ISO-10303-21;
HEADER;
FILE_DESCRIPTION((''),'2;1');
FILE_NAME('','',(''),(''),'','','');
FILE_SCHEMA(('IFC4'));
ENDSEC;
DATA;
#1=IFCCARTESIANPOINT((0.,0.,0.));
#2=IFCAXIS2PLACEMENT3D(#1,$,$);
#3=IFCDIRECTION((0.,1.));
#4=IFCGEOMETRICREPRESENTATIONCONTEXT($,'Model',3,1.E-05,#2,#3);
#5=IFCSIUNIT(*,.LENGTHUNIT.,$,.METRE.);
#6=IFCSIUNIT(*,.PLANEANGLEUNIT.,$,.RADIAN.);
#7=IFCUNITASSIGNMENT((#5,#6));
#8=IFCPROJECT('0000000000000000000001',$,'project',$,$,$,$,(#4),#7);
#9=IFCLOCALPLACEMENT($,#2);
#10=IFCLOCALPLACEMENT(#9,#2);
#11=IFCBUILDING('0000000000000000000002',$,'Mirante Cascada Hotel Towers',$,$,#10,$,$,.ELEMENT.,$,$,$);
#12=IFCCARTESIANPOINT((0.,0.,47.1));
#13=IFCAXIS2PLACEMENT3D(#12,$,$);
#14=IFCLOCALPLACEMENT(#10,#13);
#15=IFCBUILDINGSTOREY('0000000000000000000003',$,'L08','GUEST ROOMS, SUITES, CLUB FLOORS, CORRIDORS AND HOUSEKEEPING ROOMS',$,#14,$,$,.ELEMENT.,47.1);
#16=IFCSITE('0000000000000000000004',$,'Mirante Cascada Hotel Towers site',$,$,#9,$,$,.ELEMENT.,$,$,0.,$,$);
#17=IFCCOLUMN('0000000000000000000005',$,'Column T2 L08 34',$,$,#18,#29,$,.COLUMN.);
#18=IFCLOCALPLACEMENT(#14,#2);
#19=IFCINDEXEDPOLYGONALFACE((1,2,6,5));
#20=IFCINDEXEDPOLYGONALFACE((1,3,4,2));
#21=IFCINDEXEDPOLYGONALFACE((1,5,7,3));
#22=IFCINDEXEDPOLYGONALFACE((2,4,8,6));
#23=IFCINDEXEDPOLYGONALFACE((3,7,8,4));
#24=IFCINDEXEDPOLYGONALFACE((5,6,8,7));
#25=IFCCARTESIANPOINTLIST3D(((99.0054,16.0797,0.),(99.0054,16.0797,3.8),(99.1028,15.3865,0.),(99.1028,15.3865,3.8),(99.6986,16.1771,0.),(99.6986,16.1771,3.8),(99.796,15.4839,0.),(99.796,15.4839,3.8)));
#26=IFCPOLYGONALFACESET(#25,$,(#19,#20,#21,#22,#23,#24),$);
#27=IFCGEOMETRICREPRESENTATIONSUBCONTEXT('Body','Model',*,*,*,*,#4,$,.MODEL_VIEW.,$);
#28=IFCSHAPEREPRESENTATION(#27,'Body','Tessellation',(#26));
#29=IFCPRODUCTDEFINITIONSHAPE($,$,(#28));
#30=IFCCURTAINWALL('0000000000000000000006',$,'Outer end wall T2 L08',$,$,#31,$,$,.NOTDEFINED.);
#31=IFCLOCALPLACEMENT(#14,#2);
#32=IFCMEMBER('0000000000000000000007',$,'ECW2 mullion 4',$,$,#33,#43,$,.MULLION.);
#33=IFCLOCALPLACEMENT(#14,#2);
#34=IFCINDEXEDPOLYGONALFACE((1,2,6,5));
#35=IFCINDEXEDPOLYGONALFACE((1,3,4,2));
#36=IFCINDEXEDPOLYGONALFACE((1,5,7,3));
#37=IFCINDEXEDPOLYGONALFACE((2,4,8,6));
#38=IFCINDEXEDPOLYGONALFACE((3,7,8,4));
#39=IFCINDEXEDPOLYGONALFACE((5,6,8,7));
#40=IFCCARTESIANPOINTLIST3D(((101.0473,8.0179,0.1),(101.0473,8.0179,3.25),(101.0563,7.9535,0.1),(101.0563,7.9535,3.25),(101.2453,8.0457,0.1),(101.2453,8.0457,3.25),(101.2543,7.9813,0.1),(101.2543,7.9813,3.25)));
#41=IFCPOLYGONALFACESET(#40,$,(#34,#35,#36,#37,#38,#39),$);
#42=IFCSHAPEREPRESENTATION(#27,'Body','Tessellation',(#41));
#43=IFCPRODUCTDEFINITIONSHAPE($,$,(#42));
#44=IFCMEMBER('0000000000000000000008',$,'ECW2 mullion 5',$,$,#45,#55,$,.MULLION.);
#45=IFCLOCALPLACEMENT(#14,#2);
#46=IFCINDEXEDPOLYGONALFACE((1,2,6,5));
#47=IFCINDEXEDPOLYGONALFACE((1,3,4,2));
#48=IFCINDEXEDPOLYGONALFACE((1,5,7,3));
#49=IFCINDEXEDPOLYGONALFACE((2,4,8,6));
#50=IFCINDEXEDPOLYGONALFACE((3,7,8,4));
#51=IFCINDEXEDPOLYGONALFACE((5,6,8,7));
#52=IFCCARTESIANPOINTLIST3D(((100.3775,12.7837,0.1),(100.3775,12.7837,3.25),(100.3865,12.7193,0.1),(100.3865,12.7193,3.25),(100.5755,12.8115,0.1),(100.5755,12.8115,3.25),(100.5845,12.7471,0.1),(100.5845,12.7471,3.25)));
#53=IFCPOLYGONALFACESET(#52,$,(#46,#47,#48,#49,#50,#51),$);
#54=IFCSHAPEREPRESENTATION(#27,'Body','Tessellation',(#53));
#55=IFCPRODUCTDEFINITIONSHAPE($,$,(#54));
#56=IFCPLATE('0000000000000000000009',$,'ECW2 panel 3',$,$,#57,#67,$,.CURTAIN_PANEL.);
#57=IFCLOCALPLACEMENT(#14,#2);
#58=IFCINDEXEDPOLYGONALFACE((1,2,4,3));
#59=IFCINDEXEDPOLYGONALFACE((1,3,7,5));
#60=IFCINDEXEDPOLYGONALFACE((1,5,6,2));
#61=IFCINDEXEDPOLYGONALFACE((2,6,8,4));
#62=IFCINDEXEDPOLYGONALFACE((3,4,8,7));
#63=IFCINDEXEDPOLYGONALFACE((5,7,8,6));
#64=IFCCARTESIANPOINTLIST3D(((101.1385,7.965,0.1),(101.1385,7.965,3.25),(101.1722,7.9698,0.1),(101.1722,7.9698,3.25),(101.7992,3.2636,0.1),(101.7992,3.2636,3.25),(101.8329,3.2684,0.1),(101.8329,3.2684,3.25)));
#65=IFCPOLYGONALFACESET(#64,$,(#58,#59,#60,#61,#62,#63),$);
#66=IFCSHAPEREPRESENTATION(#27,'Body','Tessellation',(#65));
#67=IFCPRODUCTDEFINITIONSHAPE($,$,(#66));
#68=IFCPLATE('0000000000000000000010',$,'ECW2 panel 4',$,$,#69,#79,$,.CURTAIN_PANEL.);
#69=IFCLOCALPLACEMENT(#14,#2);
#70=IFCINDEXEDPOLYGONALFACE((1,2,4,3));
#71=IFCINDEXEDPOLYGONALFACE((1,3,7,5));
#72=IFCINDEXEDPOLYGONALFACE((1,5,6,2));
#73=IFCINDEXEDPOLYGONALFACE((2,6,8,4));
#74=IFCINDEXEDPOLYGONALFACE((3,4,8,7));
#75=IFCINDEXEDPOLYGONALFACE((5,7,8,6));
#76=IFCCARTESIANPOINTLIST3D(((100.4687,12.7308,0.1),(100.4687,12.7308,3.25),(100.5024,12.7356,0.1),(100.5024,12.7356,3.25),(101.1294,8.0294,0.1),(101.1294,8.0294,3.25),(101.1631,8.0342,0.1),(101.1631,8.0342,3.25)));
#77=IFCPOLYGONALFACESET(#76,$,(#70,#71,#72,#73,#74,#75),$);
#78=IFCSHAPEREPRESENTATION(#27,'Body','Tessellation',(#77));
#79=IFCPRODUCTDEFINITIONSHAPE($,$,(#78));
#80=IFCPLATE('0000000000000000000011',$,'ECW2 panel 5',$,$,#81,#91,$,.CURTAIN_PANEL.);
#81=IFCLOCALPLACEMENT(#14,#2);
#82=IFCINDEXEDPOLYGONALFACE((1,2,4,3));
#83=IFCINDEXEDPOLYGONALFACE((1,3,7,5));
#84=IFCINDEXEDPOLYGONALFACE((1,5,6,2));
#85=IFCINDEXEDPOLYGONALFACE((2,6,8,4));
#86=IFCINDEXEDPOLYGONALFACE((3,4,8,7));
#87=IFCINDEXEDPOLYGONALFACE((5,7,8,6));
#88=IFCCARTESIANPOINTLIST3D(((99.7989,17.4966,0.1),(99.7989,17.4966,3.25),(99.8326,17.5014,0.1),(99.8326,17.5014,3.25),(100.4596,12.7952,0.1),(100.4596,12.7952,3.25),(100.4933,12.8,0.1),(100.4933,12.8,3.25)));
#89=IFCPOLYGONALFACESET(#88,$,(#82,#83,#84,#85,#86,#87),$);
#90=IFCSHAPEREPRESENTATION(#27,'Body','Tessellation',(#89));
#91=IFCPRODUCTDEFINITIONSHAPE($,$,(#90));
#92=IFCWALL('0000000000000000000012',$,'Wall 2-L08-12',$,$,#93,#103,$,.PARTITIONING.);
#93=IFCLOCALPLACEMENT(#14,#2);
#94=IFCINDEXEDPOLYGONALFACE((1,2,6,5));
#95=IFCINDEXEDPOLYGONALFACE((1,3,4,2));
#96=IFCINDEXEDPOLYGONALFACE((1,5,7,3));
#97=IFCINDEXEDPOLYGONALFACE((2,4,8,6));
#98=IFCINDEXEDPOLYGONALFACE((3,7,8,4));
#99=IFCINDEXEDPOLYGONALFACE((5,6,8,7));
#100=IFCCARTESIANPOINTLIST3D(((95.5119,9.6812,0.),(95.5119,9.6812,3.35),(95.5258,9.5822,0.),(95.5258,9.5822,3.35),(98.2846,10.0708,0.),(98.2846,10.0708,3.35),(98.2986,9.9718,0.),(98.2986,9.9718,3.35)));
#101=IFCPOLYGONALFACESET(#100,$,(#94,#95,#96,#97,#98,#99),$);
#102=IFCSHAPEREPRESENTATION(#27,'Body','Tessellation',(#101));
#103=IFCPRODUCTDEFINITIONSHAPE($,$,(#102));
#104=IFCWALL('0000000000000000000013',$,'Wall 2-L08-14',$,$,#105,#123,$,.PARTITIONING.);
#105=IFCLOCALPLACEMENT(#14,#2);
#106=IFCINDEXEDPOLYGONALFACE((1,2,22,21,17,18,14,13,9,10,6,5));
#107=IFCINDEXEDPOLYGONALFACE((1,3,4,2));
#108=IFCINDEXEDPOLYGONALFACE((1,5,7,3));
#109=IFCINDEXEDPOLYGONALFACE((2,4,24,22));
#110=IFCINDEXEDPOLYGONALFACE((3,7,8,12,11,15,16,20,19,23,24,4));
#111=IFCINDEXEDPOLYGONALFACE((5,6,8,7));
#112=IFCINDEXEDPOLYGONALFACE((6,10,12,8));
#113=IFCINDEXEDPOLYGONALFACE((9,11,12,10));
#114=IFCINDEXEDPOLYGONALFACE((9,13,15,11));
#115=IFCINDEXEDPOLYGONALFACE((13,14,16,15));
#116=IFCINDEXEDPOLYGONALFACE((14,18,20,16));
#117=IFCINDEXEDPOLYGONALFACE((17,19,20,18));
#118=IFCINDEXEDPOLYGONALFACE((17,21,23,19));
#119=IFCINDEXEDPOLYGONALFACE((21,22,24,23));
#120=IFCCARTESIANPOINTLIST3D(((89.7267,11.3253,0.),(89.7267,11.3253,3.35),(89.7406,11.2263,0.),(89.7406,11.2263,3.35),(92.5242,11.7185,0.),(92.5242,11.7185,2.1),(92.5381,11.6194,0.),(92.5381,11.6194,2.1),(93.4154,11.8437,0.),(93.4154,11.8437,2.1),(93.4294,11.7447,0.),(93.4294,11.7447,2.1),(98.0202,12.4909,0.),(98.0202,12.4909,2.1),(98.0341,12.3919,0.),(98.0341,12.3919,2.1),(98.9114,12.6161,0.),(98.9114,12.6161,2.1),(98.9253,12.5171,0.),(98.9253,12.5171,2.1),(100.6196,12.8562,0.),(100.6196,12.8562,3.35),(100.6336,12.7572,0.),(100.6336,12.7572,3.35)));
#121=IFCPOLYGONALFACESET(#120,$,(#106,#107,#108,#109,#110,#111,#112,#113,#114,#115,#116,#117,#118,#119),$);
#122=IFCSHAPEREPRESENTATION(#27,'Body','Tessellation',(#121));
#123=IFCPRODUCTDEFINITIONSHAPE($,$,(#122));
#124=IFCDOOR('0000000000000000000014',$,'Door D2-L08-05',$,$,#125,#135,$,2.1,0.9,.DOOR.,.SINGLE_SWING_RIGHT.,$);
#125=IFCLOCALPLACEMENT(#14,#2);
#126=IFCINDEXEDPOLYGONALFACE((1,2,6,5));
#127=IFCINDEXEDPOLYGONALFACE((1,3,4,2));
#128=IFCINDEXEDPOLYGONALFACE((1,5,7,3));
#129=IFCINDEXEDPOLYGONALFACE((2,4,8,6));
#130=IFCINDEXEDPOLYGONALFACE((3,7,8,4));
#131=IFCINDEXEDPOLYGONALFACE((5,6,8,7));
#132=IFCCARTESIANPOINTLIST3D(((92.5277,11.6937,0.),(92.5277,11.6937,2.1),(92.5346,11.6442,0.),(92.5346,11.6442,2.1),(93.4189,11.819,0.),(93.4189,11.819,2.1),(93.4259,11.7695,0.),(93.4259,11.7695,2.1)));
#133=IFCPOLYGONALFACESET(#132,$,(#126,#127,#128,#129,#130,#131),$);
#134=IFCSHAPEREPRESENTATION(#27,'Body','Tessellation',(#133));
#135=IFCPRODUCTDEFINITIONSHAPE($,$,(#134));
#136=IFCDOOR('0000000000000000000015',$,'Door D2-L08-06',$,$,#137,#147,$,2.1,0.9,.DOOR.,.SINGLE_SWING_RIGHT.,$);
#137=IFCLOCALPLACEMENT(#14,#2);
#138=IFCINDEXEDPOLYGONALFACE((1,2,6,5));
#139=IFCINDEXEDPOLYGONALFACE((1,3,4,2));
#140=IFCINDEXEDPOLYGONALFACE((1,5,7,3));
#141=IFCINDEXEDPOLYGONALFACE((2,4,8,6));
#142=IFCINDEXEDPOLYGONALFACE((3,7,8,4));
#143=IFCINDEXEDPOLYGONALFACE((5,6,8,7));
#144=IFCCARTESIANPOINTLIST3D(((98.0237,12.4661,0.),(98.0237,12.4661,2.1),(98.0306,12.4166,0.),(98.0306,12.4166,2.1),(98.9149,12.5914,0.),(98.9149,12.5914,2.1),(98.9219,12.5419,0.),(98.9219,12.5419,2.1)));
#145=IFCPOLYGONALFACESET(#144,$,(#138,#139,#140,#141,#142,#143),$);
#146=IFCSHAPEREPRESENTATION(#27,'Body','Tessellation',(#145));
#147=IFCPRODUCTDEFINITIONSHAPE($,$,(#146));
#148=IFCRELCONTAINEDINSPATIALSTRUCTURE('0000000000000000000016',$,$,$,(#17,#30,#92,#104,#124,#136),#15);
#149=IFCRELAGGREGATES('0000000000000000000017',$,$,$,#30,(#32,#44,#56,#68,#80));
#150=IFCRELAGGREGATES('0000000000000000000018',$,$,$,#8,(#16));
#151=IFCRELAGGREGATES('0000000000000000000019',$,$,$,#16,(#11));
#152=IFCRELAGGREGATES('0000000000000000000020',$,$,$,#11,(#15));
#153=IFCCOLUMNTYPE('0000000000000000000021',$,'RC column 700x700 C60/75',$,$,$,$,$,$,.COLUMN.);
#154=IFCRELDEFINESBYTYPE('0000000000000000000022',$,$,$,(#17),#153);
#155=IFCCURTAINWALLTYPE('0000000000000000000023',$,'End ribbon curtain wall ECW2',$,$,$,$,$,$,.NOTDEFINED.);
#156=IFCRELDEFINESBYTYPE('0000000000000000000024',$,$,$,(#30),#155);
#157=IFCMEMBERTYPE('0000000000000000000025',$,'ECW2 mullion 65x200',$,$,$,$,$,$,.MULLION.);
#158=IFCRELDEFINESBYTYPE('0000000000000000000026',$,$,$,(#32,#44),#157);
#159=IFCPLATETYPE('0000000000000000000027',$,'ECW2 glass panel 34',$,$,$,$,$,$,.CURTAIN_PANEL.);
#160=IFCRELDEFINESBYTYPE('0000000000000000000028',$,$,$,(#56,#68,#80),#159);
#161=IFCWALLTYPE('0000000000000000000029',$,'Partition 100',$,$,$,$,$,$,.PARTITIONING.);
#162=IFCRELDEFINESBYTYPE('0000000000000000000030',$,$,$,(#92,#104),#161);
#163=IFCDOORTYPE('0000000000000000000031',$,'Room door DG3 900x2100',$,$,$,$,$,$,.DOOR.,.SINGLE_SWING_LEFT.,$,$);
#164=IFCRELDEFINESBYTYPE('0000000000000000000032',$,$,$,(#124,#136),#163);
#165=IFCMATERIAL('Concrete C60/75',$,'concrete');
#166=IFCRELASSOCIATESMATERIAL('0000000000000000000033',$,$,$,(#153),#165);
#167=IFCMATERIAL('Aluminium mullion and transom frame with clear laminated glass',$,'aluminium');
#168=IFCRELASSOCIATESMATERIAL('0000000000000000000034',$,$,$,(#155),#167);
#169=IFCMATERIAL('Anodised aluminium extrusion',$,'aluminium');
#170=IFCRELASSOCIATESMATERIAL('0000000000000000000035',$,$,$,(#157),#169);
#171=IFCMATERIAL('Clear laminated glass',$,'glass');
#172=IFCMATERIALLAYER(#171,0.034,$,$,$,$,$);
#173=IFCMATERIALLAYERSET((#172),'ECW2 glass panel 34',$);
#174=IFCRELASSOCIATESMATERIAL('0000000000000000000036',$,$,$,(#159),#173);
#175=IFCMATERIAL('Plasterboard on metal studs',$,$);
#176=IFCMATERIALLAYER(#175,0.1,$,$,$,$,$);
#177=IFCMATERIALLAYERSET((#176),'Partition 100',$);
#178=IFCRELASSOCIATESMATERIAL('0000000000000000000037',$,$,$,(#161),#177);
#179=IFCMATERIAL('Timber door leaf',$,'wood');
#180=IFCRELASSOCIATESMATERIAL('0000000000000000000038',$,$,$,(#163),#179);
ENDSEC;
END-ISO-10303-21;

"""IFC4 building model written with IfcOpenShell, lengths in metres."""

from ifc_helpers import new_model, si_unit, direction, frame, frame_2d, origin, origin_2d, place, context, subcontext, project, spatial, rectangle, extrude, material, layer, layer_set, material_profile, profile_set, type_object, element, fill, aggregate, save


model = new_model("IFC4")

# Units and contexts
model_context = context("Model", 3, precision=1e-05, world=origin(), true_north=direction((0.0, 1.0)))
body_context = subcontext(model_context, "Body", "Model", "MODEL_VIEW")
ifc_project = project(units=[si_unit("LENGTHUNIT", "METRE"), si_unit("PLANEANGLEUNIT", "RADIAN")], contexts=[model_context])

# Site, building, storey
site_placement = place(None, origin())
site = spatial("IfcSite", under=ifc_project, at=site_placement, Name="Mirante Cascada Hotel Towers site", CompositionType="ELEMENT", RefElevation=0.0)
building_placement = place(site_placement, origin())
building = spatial("IfcBuilding", under=site, at=building_placement, Name="Mirante Cascada Hotel Towers", CompositionType="ELEMENT")
storey_placement = place(building_placement, frame((0.0, 0.0, 47.1)))
storey = spatial("IfcBuildingStorey", under=building, at=storey_placement, Name="L08", Description="GUEST ROOMS, SUITES, CLUB FLOORS, CORRIDORS AND HOUSEKEEPING ROOMS", CompositionType="ELEMENT", Elevation=47.1)

# Column
ifc_material_1 = material(Name="Concrete C60/75", Category="concrete")
ifc_material_profile_1 = material_profile(ifc_material_1, rectangle(XDim=0.7, YDim=0.7, at=origin_2d()), Name="RC column 700x700 C60/75")
ifc_profile_set_1 = profile_set([ifc_material_profile_1], Name="Concrete C60/75")
column_type = type_object("IfcColumnType", Name="RC column 700x700 C60/75", PredefinedType="COLUMN", material=ifc_profile_set_1)
column_placement = place(storey_placement, frame((99.4007, 15.7818, 0.0), z_axis=(0.0, 0.0, 1.0), x_axis=(0.990268, 0.139173, 0.0)))
element("IfcColumn", 1, at=column_placement, inside=storey, type_object=column_type, Name="Column T2 L08 34", PredefinedType="COLUMN", context=body_context, shape_type="SweptSolid", body=[
    extrude(rectangle(XDim=0.7, YDim=0.7, at=origin_2d()), origin(), (0.0, 0.0, 1.0), 3.8),
])

# Curtain wall, members, plates
ifc_material_2 = material(Name="Aluminium mullion and transom frame with clear laminated glass", Category="aluminium")
curtain_wall_type = type_object("IfcCurtainWallType", Name="End ribbon curtain wall ECW2", PredefinedType="NOTDEFINED", material=ifc_material_2)
curtain_wall_placement = place(storey_placement, origin())
curtain_wall = element("IfcCurtainWall", 2, at=curtain_wall_placement, inside=storey, type_object=curtain_wall_type, Name="Outer end wall T2 L08", PredefinedType="NOTDEFINED")
ifc_material_3 = material(Name="Anodised aluminium extrusion", Category="aluminium")
ifc_material_profile_2 = material_profile(ifc_material_3, rectangle(XDim=0.2, YDim=0.065, at=origin_2d()), Name="ECW2 MULLION 65x200")
ifc_profile_set_2 = profile_set([ifc_material_profile_2], Name="Anodised aluminium extrusion")
member_type = type_object("IfcMemberType", Name="ECW2 mullion 65x200", PredefinedType="MULLION", material=ifc_profile_set_2)
member_1_placement = place(storey_placement, frame((101.1508, 7.9996, 0.1), z_axis=(0.0, 0.0, 1.0), x_axis=(-0.990268, -0.139173, 0.0)))
member_1 = element("IfcMember", 3, at=member_1_placement, type_object=member_type, Name="ECW2 mullion 4", PredefinedType="MULLION", context=body_context, shape_type="SweptSolid", body=[
    extrude(rectangle(XDim=0.2, YDim=0.065, at=origin_2d()), origin(), (0.0, 0.0, 1.0), 3.15),
])
member_2_placement = place(storey_placement, frame((100.481, 12.7654, 0.1), z_axis=(0.0, 0.0, 1.0), x_axis=(-0.990268, -0.139173, 0.0)))
member_2 = element("IfcMember", 4, at=member_2_placement, type_object=member_type, Name="ECW2 mullion 5", PredefinedType="MULLION", context=body_context, shape_type="SweptSolid", body=[
    extrude(rectangle(XDim=0.2, YDim=0.065, at=origin_2d()), origin(), (0.0, 0.0, 1.0), 3.15),
])
ifc_material_4 = material(Name="Clear laminated glass", Category="glass")
ifc_layer_1 = layer(ifc_material_4, 0.034)
ifc_layer_set_1 = layer_set([ifc_layer_1], Name="ECW2 glass panel 34")
plate_type = type_object("IfcPlateType", Name="ECW2 glass panel 34", PredefinedType="CURTAIN_PANEL", material=ifc_layer_set_1)
plate_1_placement = place(storey_placement, frame((101.4857, 5.6167, 0.1), z_axis=(0.0, 0.0, 1.0), x_axis=(-0.139173, 0.990268, 0.0)))
plate_1 = element("IfcPlate", 5, at=plate_1_placement, type_object=plate_type, Name="ECW2 panel 3", PredefinedType="CURTAIN_PANEL", context=body_context, shape_type="SweptSolid", body=[
    extrude(rectangle(XDim=4.7476, YDim=0.034, at=origin_2d()), origin(), (0.0, 0.0, 1.0), 3.15),
])
plate_2_placement = place(storey_placement, frame((100.8159, 10.3825, 0.1), z_axis=(0.0, 0.0, 1.0), x_axis=(-0.139173, 0.990268, 0.0)))
plate_2 = element("IfcPlate", 6, at=plate_2_placement, type_object=plate_type, Name="ECW2 panel 4", PredefinedType="CURTAIN_PANEL", context=body_context, shape_type="SweptSolid", body=[
    extrude(rectangle(XDim=4.7476, YDim=0.034, at=origin_2d()), origin(), (0.0, 0.0, 1.0), 3.15),
])
plate_3_placement = place(storey_placement, frame((100.1461, 15.1483, 0.1), z_axis=(0.0, 0.0, 1.0), x_axis=(-0.139173, 0.990268, 0.0)))
plate_3 = element("IfcPlate", 7, at=plate_3_placement, type_object=plate_type, Name="ECW2 panel 5", PredefinedType="CURTAIN_PANEL", context=body_context, shape_type="SweptSolid", body=[
    extrude(rectangle(XDim=4.7476, YDim=0.034, at=origin_2d()), origin(), (0.0, 0.0, 1.0), 3.15),
])
aggregate(curtain_wall, [member_1, member_2, plate_1, plate_2, plate_3])

# Wall
ifc_material_5 = material(Name="Plasterboard on metal studs")
ifc_layer_2 = layer(ifc_material_5, 0.1)
ifc_layer_set_2 = layer_set([ifc_layer_2], Name="Partition 100")
wall_type = type_object("IfcWallType", Name="Partition 100", PredefinedType="PARTITIONING", material=ifc_layer_set_2)
wall_1_placement = place(storey_placement, frame((98.2916, 10.0213, 0.0), z_axis=(0.0, 0.0, 1.0), x_axis=(-0.990273, -0.139141, 0.0)))
element("IfcWall", 8, at=wall_1_placement, inside=storey, type_object=wall_type, Name="Wall 2-L08-12", PredefinedType="PARTITIONING", context=body_context, shape_type="SweptSolid", body=[
    extrude(rectangle(XDim=2.8, YDim=0.1, at=frame_2d((1.4, 0.0))), origin(), (0.0, 0.0, 1.0), 3.35),
])

# Wall, openings, doors
wall_2_placement = place(storey_placement, frame((100.6266, 12.8067, 0.0), z_axis=(0.0, 0.0, 1.0), x_axis=(-0.990268, -0.139173, 0.0)))
wall_2 = element("IfcWall", 9, at=wall_2_placement, inside=storey, type_object=wall_type, Name="Wall 2-L08-14", PredefinedType="PARTITIONING", context=body_context, shape_type="SweptSolid", body=[
    extrude(rectangle(XDim=11.0, YDim=0.1, at=frame_2d((5.5, 0.0))), origin(), (0.0, 0.0, 1.0), 3.35),
])
opening_1_placement = place(wall_2_placement, frame((7.275, 0.0, 0.0)))
opening_1 = element("IfcOpeningElement", 10, at=opening_1_placement, cuts=wall_2, PredefinedType="OPENING", context=body_context, shape_type="SweptSolid", body=[
    extrude(rectangle(XDim=0.9, YDim=2.1, at=frame_2d((0.45, 1.05))), frame((0.0, 0.05, 0.0), z_axis=(0.0, -1.0, 0.0), x_axis=(1.0, 0.0, 0.0)), (0.0, 0.0, 1.0), 0.1),
])
opening_2_placement = place(wall_2_placement, frame((1.725, 0.0, 0.0)))
opening_2 = element("IfcOpeningElement", 11, at=opening_2_placement, cuts=wall_2, PredefinedType="OPENING", context=body_context, shape_type="SweptSolid", body=[
    extrude(rectangle(XDim=0.9, YDim=2.1, at=frame_2d((0.45, 1.05))), frame((0.0, 0.05, 0.0), z_axis=(0.0, -1.0, 0.0), x_axis=(1.0, 0.0, 0.0)), (0.0, 0.0, 1.0), 0.1),
])
ifc_material_6 = material(Name="Timber door leaf", Category="wood")
door_type = type_object("IfcDoorType", Name="Room door DG3 900x2100", OperationType="SINGLE_SWING_LEFT", PredefinedType="DOOR", material=ifc_material_6)
door_1_placement = place(opening_1_placement, frame((0.9, 0.0, 0.0), z_axis=(0.0, 0.0, 1.0), x_axis=(-1.0, 0.0, 0.0)))
door_1 = element("IfcDoor", 12, at=door_1_placement, inside=storey, type_object=door_type, Name="Door D2-L08-05", OperationType="SINGLE_SWING_RIGHT", OverallHeight=2.1, OverallWidth=0.9, PredefinedType="DOOR", context=body_context, shape_type="SweptSolid", body=[
    extrude(rectangle(XDim=0.9, YDim=2.1, at=frame_2d((0.45, 1.05))), frame((0.0, 0.025, 0.0), z_axis=(0.0, -1.0, 0.0), x_axis=(1.0, 0.0, 0.0)), (0.0, 0.0, 1.0), 0.05),
])
fill(opening_1, door_1)
door_2_placement = place(opening_2_placement, frame((0.9, 0.0, 0.0), z_axis=(0.0, 0.0, 1.0), x_axis=(-1.0, 0.0, 0.0)))
door_2 = element("IfcDoor", 13, at=door_2_placement, inside=storey, type_object=door_type, Name="Door D2-L08-06", OperationType="SINGLE_SWING_RIGHT", OverallHeight=2.1, OverallWidth=0.9, PredefinedType="DOOR", context=body_context, shape_type="SweptSolid", body=[
    extrude(rectangle(XDim=0.9, YDim=2.1, at=frame_2d((0.45, 1.05))), frame((0.0, 0.025, 0.0), z_axis=(0.0, -1.0, 0.0), x_axis=(1.0, 0.0, 0.0)), (0.0, 0.0, 1.0), 0.05),
])
fill(opening_2, door_2)

save(model, "model.ifc")
